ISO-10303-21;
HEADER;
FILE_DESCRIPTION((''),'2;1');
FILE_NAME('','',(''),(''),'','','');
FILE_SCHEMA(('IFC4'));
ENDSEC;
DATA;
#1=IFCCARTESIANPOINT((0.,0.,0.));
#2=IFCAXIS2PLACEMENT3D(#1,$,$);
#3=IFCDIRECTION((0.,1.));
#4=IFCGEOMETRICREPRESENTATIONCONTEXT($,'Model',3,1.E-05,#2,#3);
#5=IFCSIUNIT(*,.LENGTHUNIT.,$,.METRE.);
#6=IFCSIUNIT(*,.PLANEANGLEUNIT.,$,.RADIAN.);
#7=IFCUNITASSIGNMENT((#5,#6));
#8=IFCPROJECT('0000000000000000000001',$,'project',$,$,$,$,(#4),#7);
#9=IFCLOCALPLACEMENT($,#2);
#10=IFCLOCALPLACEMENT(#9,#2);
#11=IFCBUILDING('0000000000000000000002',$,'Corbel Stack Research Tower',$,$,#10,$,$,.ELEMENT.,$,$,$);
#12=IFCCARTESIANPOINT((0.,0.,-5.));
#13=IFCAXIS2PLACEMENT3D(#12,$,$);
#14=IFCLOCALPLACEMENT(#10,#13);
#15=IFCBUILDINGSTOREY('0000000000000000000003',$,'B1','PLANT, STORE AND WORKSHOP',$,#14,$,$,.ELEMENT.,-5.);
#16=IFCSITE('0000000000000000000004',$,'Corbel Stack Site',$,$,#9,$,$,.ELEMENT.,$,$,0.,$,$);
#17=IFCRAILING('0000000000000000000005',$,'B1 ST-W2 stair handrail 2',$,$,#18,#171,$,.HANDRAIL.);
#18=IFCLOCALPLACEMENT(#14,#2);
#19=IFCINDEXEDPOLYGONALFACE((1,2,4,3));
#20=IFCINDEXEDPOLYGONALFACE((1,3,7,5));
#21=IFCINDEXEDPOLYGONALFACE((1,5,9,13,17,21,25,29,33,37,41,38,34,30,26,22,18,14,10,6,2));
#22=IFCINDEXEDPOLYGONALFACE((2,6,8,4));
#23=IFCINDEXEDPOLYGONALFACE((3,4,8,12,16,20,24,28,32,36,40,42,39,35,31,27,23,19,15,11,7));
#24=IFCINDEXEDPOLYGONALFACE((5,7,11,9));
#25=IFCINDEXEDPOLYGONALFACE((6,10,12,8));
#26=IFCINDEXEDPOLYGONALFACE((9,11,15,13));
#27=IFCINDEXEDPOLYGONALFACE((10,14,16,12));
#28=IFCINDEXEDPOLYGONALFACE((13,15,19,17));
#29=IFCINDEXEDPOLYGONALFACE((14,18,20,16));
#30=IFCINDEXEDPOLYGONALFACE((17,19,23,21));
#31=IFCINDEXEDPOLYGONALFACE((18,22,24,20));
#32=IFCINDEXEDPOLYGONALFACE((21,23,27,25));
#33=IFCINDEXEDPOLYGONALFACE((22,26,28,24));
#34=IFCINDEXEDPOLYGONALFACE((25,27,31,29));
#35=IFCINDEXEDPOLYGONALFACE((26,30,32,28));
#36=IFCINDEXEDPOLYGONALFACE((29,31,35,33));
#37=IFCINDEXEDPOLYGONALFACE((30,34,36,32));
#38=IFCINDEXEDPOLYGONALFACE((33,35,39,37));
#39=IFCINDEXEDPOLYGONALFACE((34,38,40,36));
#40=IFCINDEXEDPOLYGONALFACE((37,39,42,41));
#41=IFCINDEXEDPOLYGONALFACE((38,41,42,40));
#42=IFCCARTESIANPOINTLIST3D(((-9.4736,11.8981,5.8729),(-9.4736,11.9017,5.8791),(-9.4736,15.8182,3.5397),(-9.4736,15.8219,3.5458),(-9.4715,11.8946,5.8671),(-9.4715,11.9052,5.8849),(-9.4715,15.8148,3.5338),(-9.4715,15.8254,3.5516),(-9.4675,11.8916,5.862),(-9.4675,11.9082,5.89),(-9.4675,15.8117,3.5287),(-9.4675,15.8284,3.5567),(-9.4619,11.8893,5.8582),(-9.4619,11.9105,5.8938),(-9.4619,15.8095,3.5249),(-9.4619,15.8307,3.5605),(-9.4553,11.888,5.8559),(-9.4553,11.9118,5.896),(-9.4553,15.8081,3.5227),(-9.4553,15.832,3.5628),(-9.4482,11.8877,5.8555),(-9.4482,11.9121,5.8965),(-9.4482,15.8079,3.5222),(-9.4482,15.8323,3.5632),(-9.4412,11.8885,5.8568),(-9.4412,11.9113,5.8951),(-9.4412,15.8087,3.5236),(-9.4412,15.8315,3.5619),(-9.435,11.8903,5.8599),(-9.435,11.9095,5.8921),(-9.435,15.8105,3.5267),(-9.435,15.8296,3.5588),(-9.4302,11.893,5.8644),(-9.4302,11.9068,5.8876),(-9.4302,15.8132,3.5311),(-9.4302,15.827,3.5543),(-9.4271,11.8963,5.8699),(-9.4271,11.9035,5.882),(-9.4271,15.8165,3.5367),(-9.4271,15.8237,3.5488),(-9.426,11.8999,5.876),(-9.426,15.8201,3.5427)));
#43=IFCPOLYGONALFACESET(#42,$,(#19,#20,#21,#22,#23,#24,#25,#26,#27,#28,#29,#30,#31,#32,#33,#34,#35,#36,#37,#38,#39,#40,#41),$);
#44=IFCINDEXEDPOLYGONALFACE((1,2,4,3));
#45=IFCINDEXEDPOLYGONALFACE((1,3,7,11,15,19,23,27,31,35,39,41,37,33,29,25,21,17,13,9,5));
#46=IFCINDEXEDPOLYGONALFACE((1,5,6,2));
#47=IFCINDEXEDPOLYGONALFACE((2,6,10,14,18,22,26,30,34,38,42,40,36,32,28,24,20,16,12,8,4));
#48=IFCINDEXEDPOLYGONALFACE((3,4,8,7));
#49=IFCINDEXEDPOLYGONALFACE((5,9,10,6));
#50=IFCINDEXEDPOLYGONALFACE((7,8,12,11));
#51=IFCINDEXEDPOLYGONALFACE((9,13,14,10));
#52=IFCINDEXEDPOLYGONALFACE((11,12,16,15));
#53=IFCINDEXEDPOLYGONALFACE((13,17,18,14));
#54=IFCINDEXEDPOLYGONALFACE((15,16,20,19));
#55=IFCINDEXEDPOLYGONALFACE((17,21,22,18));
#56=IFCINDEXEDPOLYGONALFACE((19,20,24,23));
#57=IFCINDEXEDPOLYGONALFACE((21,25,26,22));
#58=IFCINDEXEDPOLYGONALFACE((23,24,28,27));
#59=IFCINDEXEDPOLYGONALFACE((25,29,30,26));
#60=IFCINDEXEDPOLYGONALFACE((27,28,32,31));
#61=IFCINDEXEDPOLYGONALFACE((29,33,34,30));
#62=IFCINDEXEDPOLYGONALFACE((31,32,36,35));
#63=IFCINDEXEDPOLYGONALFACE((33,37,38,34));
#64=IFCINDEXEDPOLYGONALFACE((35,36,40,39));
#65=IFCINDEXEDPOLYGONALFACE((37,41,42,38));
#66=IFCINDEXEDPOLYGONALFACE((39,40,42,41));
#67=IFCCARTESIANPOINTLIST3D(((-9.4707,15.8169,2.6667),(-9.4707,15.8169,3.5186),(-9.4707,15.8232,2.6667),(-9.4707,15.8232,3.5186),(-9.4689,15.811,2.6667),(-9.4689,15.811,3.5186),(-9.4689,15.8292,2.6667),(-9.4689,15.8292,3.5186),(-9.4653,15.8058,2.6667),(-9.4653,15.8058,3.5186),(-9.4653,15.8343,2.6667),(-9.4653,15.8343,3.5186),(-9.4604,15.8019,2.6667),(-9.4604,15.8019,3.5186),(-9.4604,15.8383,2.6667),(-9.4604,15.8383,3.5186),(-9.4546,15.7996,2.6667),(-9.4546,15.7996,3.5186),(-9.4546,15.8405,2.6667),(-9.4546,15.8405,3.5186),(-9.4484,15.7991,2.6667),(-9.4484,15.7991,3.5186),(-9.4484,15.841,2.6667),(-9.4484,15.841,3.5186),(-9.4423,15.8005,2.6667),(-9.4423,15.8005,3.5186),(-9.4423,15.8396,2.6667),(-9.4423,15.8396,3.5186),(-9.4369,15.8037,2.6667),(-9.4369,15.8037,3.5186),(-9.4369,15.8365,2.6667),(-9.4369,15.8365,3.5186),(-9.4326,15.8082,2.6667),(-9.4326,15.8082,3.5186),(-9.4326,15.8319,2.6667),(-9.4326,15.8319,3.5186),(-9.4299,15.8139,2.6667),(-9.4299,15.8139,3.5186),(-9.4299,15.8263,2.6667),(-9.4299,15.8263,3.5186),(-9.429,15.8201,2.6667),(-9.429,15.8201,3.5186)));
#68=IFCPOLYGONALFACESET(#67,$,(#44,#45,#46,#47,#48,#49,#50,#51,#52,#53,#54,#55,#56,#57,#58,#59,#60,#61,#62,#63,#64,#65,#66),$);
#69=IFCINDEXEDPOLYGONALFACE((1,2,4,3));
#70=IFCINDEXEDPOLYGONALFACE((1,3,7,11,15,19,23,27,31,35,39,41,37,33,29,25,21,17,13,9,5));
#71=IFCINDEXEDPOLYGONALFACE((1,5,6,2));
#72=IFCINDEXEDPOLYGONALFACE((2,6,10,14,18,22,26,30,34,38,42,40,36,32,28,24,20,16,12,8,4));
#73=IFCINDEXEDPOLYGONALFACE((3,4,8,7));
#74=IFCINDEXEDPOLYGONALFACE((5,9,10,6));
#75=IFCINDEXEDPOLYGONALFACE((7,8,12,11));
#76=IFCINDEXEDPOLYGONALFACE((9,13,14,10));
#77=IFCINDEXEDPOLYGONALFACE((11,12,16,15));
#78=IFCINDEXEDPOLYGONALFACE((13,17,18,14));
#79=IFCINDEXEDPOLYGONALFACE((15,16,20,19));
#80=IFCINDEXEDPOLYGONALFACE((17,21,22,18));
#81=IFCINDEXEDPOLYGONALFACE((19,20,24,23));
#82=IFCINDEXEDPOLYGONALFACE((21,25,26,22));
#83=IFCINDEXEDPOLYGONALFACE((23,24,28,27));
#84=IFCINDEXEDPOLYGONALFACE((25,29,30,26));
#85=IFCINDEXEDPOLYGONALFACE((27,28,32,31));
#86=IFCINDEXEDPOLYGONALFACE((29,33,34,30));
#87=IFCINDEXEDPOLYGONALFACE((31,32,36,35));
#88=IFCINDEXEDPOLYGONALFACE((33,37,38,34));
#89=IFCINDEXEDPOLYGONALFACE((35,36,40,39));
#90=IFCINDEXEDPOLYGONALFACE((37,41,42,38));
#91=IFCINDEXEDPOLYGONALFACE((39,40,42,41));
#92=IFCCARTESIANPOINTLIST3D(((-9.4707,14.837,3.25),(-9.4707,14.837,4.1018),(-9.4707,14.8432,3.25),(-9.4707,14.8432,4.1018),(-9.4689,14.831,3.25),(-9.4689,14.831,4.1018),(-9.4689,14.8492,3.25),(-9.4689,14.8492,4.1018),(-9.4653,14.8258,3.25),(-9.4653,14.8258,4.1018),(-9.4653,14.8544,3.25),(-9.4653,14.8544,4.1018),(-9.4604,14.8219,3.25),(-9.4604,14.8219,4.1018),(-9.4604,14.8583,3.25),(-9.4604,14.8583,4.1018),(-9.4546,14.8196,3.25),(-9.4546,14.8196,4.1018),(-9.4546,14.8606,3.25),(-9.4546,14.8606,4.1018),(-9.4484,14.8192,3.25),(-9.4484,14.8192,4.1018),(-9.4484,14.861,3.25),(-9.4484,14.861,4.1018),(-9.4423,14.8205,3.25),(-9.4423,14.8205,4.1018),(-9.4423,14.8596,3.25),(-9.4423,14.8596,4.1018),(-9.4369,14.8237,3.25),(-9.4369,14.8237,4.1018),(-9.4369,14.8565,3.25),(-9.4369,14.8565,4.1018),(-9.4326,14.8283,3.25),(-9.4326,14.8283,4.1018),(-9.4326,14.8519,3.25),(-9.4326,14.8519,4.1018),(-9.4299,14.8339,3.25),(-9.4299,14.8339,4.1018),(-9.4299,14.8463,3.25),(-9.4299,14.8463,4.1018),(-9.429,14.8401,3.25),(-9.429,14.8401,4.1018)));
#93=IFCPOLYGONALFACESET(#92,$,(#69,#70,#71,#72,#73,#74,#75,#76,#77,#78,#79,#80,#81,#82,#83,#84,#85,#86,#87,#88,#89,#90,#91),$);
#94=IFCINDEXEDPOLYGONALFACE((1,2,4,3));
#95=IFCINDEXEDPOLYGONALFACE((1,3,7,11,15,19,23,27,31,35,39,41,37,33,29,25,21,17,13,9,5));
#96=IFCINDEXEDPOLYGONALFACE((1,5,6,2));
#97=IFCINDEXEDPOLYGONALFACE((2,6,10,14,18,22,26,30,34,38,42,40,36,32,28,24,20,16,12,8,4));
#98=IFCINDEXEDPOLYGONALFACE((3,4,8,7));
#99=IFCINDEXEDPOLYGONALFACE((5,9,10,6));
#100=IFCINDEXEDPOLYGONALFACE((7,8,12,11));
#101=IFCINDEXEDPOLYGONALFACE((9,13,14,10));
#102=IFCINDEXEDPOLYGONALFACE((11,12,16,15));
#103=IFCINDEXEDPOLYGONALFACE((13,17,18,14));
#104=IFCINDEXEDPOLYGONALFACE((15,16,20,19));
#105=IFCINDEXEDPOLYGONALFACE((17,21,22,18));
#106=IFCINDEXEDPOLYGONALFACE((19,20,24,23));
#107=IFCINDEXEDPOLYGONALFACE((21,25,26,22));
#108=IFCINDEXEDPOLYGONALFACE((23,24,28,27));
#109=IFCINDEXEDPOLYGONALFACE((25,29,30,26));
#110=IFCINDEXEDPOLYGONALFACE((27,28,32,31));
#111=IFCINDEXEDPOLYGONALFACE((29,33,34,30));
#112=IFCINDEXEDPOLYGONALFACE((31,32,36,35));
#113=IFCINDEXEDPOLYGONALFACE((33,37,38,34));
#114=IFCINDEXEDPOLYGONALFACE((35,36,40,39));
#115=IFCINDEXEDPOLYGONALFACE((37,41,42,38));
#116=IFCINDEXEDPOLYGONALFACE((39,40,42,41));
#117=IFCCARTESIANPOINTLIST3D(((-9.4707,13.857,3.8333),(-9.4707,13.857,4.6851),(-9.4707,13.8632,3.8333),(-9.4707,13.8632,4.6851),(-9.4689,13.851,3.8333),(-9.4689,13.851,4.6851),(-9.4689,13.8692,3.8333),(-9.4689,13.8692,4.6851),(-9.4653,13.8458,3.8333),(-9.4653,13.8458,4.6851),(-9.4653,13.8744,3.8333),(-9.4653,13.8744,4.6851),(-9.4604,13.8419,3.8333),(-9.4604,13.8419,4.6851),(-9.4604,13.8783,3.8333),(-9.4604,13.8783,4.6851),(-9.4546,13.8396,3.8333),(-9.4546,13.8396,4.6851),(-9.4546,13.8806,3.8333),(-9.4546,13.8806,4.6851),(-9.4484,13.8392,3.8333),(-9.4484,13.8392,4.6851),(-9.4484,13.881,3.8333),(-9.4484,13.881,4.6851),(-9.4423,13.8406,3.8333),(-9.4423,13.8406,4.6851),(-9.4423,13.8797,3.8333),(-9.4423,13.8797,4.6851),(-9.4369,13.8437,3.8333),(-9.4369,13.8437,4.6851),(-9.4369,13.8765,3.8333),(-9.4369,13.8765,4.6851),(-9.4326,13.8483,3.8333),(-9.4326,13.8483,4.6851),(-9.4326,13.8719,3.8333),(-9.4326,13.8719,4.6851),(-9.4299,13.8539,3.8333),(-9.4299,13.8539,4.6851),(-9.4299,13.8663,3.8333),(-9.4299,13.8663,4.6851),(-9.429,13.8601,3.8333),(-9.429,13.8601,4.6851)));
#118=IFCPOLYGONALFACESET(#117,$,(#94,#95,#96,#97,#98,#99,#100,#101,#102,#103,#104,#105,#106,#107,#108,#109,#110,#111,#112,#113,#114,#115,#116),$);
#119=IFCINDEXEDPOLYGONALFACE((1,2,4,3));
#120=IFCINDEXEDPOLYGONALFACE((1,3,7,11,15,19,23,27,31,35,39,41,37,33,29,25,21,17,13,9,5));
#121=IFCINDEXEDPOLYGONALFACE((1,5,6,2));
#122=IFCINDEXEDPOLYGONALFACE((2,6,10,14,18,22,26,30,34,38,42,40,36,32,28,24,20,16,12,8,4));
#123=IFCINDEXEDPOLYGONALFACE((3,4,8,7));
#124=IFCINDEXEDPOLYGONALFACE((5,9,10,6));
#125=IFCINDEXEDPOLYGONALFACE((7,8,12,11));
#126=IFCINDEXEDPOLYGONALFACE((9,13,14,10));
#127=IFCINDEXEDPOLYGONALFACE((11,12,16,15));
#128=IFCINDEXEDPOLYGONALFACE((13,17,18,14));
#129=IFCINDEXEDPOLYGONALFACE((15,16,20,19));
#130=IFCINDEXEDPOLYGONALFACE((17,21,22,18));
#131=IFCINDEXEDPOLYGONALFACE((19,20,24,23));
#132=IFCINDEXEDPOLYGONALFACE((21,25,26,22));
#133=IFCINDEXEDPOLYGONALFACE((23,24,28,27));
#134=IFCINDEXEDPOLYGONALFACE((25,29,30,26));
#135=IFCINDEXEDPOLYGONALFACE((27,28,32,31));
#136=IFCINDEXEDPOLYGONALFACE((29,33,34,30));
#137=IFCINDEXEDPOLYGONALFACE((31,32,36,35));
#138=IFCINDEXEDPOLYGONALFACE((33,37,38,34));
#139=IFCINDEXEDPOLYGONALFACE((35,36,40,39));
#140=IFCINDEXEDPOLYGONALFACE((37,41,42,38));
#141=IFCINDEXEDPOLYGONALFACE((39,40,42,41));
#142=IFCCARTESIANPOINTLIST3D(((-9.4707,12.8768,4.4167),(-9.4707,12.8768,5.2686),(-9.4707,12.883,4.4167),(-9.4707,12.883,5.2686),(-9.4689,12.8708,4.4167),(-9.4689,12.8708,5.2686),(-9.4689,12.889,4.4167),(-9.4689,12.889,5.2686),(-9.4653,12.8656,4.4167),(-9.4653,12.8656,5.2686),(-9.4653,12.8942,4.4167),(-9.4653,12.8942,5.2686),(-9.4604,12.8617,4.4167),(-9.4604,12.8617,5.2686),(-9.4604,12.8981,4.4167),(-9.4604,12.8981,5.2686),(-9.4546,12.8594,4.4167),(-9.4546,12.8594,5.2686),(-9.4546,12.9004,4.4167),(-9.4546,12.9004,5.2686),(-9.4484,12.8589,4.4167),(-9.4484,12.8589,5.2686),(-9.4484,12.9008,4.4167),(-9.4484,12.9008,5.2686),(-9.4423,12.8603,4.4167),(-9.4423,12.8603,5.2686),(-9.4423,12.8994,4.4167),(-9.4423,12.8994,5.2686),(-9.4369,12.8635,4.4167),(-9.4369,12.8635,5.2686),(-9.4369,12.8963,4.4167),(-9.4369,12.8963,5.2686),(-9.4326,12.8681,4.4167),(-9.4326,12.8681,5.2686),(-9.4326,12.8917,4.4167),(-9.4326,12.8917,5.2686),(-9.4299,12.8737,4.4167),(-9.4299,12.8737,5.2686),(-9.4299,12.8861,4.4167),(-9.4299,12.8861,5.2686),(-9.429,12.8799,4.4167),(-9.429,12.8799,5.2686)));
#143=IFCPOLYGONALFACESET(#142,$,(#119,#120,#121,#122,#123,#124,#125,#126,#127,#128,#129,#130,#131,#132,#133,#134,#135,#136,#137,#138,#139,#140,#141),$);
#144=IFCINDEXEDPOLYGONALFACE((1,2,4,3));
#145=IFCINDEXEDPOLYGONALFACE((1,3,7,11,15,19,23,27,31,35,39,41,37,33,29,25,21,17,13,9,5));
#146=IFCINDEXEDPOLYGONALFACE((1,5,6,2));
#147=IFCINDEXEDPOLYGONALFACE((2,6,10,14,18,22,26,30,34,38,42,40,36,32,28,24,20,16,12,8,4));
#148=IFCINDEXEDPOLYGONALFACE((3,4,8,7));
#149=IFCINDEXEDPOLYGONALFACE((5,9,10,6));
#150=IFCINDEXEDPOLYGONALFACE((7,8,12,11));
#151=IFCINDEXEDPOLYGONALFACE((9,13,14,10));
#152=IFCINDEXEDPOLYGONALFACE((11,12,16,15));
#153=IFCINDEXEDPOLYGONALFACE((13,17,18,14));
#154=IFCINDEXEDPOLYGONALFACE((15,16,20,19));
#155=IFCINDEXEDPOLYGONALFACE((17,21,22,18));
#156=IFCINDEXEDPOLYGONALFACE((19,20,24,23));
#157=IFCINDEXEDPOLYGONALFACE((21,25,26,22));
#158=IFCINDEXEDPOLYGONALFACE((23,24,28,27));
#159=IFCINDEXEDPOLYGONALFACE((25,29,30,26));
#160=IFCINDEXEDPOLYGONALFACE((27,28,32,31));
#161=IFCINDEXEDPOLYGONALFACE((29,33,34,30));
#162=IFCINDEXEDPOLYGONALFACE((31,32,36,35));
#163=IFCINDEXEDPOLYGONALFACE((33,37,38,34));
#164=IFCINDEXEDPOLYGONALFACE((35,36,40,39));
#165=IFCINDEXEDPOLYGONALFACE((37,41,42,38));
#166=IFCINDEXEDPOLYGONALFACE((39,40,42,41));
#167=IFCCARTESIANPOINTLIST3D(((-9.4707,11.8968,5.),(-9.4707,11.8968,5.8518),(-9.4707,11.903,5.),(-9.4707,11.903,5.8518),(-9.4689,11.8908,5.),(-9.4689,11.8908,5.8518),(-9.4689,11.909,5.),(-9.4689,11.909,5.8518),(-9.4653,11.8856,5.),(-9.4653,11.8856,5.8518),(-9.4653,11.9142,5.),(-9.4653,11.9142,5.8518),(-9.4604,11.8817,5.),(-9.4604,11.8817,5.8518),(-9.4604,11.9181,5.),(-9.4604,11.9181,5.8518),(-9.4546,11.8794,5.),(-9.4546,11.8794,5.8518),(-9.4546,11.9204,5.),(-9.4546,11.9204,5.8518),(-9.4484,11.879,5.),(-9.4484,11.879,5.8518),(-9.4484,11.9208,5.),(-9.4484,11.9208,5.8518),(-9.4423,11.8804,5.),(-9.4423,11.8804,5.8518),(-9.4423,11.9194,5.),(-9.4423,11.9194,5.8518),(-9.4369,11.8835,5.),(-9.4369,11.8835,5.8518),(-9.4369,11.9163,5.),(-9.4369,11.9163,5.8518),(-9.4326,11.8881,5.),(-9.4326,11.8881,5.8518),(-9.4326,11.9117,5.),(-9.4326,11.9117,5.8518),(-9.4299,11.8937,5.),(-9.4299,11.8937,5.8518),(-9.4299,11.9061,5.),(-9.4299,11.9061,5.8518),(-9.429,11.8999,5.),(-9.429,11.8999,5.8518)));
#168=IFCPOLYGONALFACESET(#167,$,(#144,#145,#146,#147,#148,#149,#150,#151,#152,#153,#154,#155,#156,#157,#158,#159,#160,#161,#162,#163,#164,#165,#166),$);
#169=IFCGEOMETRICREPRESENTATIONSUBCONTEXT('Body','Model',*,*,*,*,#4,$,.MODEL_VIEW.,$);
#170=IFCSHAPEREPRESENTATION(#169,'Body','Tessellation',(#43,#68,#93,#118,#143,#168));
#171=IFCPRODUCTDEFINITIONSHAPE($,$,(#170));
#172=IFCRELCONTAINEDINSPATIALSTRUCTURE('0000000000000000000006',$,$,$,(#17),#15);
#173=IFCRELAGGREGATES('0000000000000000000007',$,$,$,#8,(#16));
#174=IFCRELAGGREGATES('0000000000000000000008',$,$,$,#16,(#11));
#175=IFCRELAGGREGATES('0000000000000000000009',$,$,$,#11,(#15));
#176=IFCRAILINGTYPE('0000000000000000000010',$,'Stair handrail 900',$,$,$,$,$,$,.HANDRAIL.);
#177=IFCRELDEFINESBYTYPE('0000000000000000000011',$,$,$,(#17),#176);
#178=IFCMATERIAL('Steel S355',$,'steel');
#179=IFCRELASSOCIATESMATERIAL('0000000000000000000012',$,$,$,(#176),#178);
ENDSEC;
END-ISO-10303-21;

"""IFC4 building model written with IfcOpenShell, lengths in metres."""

from ifc_helpers import new_model, si_unit, direction, frame, origin, origin_2d, place, context, subcontext, project, spatial, circle, extrude, material, type_object, element, save


model = new_model("IFC4")

# Units and contexts
model_context = context("Model", 3, precision=1e-05, world=origin(), true_north=direction((0.0, 1.0)))
body_context = subcontext(model_context, "Body", "Model", "MODEL_VIEW")
ifc_project = project(units=[si_unit("LENGTHUNIT", "METRE"), si_unit("PLANEANGLEUNIT", "RADIAN")], contexts=[model_context])

# Site, building, storey
site_placement = place(None, origin())
site = spatial("IfcSite", under=ifc_project, at=site_placement, Name="Corbel Stack Site", CompositionType="ELEMENT", RefElevation=0.0)
building_placement = place(site_placement, origin())
building = spatial("IfcBuilding", under=site, at=building_placement, Name="Corbel Stack Research Tower", CompositionType="ELEMENT")
storey_placement = place(building_placement, frame((0.0, 0.0, -5.0)))
storey = spatial("IfcBuildingStorey", under=building, at=storey_placement, Name="B1", Description="PLANT, STORE AND WORKSHOP", CompositionType="ELEMENT", Elevation=-5.0)

# Railing
ifc_material_1 = material(Name="Steel S355", Category="steel")
railing_type_1 = type_object("IfcRailingType", Name="Stair handrail 900", PredefinedType="HANDRAIL", material=ifc_material_1)
railing_1_placement = place(storey_placement, frame((-9.45, 15.8201, 2.6667)))
element("IfcRailing", 1, at=railing_1_placement, inside=storey, type_object=railing_type_1, Name="B1 ST-W2 stair handrail 2", PredefinedType="HANDRAIL", context=body_context, shape_type="SweptSolid", body=[
    extrude(circle(Radius=0.0239, at=origin_2d()), frame((0.0, 0.0, 0.876), z_axis=(0.0, -0.85931, 0.511455), x_axis=(1.0, 0.0, 0.0)), (0.0, 0.0, 1.0), 4.562),
    extrude(circle(Radius=0.021, at=origin_2d()), origin(), (0.0, 0.0, 1.0), 0.8518),
    extrude(circle(Radius=0.021, at=origin_2d()), frame((0.0, -0.98, 0.5833)), (0.0, 0.0, 1.0), 0.8518),
    extrude(circle(Radius=0.021, at=origin_2d()), frame((0.0, -1.96, 1.1665)), (0.0, 0.0, 1.0), 0.8518),
    extrude(circle(Radius=0.021, at=origin_2d()), frame((0.0, -2.9402, 1.75)), (0.0, 0.0, 1.0), 0.8518),
    extrude(circle(Radius=0.021, at=origin_2d()), frame((0.0, -3.9202, 2.3333)), (0.0, 0.0, 1.0), 0.8518),
])

save(model, "model.ifc")
